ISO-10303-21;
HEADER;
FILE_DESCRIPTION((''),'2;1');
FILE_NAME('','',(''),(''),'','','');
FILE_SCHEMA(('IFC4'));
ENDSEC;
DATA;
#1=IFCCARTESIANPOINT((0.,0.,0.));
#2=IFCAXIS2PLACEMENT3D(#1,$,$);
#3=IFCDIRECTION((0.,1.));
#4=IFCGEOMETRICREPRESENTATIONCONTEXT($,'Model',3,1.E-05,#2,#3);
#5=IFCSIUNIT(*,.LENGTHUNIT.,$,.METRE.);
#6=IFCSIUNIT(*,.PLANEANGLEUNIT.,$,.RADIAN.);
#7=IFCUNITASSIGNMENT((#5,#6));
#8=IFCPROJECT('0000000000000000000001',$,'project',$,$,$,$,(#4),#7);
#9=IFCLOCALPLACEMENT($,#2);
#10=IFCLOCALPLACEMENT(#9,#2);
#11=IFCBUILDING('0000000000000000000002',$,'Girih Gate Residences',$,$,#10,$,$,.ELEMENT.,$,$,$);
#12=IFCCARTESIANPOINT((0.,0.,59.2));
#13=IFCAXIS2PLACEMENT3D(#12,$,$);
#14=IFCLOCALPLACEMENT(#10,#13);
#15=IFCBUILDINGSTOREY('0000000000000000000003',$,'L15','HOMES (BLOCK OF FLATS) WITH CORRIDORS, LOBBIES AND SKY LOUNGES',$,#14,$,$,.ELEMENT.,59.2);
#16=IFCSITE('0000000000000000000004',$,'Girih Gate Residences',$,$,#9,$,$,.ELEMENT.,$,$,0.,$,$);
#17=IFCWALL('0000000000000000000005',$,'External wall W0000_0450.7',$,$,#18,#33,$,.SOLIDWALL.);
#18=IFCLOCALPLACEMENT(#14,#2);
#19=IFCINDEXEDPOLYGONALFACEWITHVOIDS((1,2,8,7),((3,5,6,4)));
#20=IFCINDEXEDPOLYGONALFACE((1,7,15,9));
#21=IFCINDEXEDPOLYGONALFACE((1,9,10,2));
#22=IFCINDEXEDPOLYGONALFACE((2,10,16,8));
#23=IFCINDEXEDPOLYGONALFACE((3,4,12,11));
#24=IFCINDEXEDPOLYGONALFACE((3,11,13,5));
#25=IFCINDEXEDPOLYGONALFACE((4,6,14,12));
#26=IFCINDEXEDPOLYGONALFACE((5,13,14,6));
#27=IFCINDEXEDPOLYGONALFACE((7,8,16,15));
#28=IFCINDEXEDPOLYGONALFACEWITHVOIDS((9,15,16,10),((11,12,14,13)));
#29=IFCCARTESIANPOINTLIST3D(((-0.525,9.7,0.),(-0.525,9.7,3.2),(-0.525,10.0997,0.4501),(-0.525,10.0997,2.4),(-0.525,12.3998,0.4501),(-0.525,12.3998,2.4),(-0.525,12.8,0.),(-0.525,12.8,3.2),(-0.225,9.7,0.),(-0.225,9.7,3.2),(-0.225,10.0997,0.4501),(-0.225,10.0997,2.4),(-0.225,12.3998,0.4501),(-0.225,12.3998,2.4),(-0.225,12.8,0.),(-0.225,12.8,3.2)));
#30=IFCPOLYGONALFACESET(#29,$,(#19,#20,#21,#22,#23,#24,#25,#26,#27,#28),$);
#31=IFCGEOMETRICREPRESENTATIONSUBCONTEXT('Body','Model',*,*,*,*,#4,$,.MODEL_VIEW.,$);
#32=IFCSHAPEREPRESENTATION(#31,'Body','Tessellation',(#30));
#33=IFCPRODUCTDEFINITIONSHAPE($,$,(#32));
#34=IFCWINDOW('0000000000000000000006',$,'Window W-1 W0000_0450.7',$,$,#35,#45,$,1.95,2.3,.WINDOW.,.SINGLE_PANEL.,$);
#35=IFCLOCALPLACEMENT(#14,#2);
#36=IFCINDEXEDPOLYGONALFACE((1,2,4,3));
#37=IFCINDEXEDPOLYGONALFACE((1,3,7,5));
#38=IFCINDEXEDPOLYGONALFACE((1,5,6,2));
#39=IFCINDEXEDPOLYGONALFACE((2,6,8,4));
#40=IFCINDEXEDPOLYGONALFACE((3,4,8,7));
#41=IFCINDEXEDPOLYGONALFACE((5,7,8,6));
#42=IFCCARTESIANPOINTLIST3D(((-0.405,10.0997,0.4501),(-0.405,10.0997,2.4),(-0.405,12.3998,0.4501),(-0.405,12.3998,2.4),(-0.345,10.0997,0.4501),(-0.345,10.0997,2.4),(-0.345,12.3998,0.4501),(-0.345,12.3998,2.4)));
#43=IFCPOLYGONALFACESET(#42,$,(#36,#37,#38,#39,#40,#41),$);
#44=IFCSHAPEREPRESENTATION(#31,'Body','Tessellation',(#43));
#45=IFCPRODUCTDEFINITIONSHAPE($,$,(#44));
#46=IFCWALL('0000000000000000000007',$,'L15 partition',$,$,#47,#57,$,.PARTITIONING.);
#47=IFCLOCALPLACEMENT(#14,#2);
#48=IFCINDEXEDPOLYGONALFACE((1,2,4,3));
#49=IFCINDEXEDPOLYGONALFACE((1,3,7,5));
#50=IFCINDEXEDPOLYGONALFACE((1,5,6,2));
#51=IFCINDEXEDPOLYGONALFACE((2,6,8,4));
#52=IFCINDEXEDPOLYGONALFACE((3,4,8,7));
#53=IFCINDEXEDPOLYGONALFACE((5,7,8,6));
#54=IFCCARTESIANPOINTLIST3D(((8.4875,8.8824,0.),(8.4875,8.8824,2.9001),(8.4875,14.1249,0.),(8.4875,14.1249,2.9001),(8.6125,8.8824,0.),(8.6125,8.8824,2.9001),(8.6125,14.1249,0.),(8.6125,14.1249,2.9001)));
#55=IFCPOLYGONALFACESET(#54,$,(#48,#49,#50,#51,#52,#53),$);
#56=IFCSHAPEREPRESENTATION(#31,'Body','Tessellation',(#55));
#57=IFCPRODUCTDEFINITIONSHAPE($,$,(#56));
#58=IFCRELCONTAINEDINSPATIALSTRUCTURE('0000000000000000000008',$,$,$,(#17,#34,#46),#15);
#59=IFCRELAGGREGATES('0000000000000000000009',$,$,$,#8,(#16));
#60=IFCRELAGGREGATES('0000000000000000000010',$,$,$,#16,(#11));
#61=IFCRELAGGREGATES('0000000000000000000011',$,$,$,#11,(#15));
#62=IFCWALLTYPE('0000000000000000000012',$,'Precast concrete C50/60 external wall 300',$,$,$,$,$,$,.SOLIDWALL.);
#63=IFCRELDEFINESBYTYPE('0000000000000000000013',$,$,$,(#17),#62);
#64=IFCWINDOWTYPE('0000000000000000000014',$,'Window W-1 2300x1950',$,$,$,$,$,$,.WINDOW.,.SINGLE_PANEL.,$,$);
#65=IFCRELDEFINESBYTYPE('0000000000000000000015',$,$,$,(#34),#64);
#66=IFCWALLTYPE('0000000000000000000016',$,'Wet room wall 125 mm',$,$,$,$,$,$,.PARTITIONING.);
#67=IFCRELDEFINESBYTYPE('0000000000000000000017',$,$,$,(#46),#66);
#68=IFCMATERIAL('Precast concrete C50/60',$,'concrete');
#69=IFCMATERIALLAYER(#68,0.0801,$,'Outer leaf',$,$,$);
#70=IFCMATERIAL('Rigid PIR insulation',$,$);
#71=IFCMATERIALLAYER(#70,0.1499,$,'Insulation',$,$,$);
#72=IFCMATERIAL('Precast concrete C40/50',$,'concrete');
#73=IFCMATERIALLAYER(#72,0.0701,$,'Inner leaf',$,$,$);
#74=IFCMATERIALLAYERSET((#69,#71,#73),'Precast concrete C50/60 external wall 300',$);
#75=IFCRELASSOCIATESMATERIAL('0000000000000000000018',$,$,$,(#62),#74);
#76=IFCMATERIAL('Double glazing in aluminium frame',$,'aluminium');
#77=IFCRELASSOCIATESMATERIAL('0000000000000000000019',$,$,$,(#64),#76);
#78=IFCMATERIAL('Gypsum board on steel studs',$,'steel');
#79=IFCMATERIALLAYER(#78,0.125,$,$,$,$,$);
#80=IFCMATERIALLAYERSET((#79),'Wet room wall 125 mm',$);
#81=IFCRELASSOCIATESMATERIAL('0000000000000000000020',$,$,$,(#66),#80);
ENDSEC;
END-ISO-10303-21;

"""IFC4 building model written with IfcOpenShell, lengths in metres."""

from ifc_helpers import new_model, si_unit, direction, frame, frame_2d, origin, place, context, subcontext, project, spatial, rectangle, extrude, material, layer, layer_set, type_object, element, fill, save


model = new_model("IFC4")

# Units and contexts
model_context = context("Model", 3, precision=1e-05, world=origin(), true_north=direction((0.0, 1.0)))
body_context = subcontext(model_context, "Body", "Model", "MODEL_VIEW")
ifc_project = project(units=[si_unit("LENGTHUNIT", "METRE"), si_unit("PLANEANGLEUNIT", "RADIAN")], contexts=[model_context])

# Site, building, storey
site_placement = place(None, origin())
site = spatial("IfcSite", under=ifc_project, at=site_placement, Name="Girih Gate Residences", CompositionType="ELEMENT", RefElevation=0.0)
building_placement = place(site_placement, origin())
building = spatial("IfcBuilding", under=site, at=building_placement, Name="Girih Gate Residences", CompositionType="ELEMENT")
storey_placement = place(building_placement, frame((0.0, 0.0, 59.2)))
storey = spatial("IfcBuildingStorey", under=building, at=storey_placement, Name="L15", Description="HOMES (BLOCK OF FLATS) WITH CORRIDORS, LOBBIES AND SKY LOUNGES", CompositionType="ELEMENT", Elevation=59.2)

# Shared definitions
ifc_material_1 = material(Name="Gypsum board on steel studs", Category="steel")

# Wall, opening, window
ifc_material_2 = material(Name="Precast concrete C50/60", Category="concrete")
ifc_layer_1 = layer(ifc_material_2, 0.0801, Name="Outer leaf")
ifc_material_3 = material(Name="Rigid PIR insulation")
ifc_layer_2 = layer(ifc_material_3, 0.1499, Name="Insulation")
ifc_material_4 = material(Name="Precast concrete C40/50", Category="concrete")
ifc_layer_3 = layer(ifc_material_4, 0.0701, Name="Inner leaf")
ifc_layer_set_1 = layer_set([ifc_layer_1, ifc_layer_2, ifc_layer_3], Name="Precast concrete C50/60 external wall 300")
wall_type_1 = type_object("IfcWallType", Name="Precast concrete C50/60 external wall 300", PredefinedType="SOLIDWALL", material=ifc_layer_set_1)
ifc_material_5 = material(Name="Double glazing in aluminium frame", Category="aluminium")
window_type = type_object("IfcWindowType", Name="Window W-1 2300x1950", PartitioningType="SINGLE_PANEL", PredefinedType="WINDOW", material=ifc_material_5)
wall_1_placement = place(storey_placement, frame((-0.375, 9.7, 0.0), z_axis=(0.0, 0.0, 1.0), x_axis=(0.0, 1.0, 0.0)))
wall_1 = element("IfcWall", 1, at=wall_1_placement, inside=storey, type_object=wall_type_1, Name="External wall W0000_0450.7", PredefinedType="SOLIDWALL", context=body_context, shape_type="SweptSolid", body=[
    extrude(rectangle(XDim=3.1001, YDim=0.3, at=frame_2d((1.55, 0.0))), origin(), (0.0, 0.0, 1.0), 3.2),
])
opening_1_placement = place(wall_1_placement, frame((0.3999, 0.0, 0.45)))
opening_1 = element("IfcOpeningElement", 2, at=opening_1_placement, cuts=wall_1, PredefinedType="OPENING", context=body_context, shape_type="SweptSolid", body=[
    extrude(rectangle(XDim=2.3, YDim=1.95, at=frame_2d((1.1499, 0.9751))), frame((0.0, 0.1599, 0.0), z_axis=(0.0, -1.0, 0.0), x_axis=(1.0, 0.0, 0.0)), (0.0, 0.0, 1.0), 0.3201),
])
window_1_placement = place(opening_1_placement, origin())
window_1 = element("IfcWindow", 3, at=window_1_placement, inside=storey, type_object=window_type, Name="Window W-1 W0000_0450.7", OverallHeight=1.95, OverallWidth=2.3, PartitioningType="SINGLE_PANEL", PredefinedType="WINDOW", context=body_context, shape_type="SweptSolid", body=[
    extrude(rectangle(XDim=2.3, YDim=1.95, at=frame_2d((1.1499, 0.9751))), frame((0.0, 0.03, 0.0), z_axis=(0.0, -1.0, 0.0), x_axis=(1.0, 0.0, 0.0)), (0.0, 0.0, 1.0), 0.0601),
])
fill(opening_1, window_1)

# Wall
ifc_layer_4 = layer(ifc_material_1, 0.125)
ifc_layer_set_2 = layer_set([ifc_layer_4], Name="Wet room wall 125 mm")
wall_type_2 = type_object("IfcWallType", Name="Wet room wall 125 mm", PredefinedType="PARTITIONING", material=ifc_layer_set_2)
wall_2_placement = place(storey_placement, frame((8.55, 8.8826, 0.0), z_axis=(0.0, 0.0, 1.0), x_axis=(0.0, 1.0, 0.0)))
element("IfcWall", 4, at=wall_2_placement, inside=storey, type_object=wall_type_2, Name="L15 partition", PredefinedType="PARTITIONING", context=body_context, shape_type="SweptSolid", body=[
    extrude(rectangle(XDim=5.2424, YDim=0.125, at=frame_2d((2.6211, 0.0))), origin(), (0.0, 0.0, 1.0), 2.9001),
])

save(model, "model.ifc")
